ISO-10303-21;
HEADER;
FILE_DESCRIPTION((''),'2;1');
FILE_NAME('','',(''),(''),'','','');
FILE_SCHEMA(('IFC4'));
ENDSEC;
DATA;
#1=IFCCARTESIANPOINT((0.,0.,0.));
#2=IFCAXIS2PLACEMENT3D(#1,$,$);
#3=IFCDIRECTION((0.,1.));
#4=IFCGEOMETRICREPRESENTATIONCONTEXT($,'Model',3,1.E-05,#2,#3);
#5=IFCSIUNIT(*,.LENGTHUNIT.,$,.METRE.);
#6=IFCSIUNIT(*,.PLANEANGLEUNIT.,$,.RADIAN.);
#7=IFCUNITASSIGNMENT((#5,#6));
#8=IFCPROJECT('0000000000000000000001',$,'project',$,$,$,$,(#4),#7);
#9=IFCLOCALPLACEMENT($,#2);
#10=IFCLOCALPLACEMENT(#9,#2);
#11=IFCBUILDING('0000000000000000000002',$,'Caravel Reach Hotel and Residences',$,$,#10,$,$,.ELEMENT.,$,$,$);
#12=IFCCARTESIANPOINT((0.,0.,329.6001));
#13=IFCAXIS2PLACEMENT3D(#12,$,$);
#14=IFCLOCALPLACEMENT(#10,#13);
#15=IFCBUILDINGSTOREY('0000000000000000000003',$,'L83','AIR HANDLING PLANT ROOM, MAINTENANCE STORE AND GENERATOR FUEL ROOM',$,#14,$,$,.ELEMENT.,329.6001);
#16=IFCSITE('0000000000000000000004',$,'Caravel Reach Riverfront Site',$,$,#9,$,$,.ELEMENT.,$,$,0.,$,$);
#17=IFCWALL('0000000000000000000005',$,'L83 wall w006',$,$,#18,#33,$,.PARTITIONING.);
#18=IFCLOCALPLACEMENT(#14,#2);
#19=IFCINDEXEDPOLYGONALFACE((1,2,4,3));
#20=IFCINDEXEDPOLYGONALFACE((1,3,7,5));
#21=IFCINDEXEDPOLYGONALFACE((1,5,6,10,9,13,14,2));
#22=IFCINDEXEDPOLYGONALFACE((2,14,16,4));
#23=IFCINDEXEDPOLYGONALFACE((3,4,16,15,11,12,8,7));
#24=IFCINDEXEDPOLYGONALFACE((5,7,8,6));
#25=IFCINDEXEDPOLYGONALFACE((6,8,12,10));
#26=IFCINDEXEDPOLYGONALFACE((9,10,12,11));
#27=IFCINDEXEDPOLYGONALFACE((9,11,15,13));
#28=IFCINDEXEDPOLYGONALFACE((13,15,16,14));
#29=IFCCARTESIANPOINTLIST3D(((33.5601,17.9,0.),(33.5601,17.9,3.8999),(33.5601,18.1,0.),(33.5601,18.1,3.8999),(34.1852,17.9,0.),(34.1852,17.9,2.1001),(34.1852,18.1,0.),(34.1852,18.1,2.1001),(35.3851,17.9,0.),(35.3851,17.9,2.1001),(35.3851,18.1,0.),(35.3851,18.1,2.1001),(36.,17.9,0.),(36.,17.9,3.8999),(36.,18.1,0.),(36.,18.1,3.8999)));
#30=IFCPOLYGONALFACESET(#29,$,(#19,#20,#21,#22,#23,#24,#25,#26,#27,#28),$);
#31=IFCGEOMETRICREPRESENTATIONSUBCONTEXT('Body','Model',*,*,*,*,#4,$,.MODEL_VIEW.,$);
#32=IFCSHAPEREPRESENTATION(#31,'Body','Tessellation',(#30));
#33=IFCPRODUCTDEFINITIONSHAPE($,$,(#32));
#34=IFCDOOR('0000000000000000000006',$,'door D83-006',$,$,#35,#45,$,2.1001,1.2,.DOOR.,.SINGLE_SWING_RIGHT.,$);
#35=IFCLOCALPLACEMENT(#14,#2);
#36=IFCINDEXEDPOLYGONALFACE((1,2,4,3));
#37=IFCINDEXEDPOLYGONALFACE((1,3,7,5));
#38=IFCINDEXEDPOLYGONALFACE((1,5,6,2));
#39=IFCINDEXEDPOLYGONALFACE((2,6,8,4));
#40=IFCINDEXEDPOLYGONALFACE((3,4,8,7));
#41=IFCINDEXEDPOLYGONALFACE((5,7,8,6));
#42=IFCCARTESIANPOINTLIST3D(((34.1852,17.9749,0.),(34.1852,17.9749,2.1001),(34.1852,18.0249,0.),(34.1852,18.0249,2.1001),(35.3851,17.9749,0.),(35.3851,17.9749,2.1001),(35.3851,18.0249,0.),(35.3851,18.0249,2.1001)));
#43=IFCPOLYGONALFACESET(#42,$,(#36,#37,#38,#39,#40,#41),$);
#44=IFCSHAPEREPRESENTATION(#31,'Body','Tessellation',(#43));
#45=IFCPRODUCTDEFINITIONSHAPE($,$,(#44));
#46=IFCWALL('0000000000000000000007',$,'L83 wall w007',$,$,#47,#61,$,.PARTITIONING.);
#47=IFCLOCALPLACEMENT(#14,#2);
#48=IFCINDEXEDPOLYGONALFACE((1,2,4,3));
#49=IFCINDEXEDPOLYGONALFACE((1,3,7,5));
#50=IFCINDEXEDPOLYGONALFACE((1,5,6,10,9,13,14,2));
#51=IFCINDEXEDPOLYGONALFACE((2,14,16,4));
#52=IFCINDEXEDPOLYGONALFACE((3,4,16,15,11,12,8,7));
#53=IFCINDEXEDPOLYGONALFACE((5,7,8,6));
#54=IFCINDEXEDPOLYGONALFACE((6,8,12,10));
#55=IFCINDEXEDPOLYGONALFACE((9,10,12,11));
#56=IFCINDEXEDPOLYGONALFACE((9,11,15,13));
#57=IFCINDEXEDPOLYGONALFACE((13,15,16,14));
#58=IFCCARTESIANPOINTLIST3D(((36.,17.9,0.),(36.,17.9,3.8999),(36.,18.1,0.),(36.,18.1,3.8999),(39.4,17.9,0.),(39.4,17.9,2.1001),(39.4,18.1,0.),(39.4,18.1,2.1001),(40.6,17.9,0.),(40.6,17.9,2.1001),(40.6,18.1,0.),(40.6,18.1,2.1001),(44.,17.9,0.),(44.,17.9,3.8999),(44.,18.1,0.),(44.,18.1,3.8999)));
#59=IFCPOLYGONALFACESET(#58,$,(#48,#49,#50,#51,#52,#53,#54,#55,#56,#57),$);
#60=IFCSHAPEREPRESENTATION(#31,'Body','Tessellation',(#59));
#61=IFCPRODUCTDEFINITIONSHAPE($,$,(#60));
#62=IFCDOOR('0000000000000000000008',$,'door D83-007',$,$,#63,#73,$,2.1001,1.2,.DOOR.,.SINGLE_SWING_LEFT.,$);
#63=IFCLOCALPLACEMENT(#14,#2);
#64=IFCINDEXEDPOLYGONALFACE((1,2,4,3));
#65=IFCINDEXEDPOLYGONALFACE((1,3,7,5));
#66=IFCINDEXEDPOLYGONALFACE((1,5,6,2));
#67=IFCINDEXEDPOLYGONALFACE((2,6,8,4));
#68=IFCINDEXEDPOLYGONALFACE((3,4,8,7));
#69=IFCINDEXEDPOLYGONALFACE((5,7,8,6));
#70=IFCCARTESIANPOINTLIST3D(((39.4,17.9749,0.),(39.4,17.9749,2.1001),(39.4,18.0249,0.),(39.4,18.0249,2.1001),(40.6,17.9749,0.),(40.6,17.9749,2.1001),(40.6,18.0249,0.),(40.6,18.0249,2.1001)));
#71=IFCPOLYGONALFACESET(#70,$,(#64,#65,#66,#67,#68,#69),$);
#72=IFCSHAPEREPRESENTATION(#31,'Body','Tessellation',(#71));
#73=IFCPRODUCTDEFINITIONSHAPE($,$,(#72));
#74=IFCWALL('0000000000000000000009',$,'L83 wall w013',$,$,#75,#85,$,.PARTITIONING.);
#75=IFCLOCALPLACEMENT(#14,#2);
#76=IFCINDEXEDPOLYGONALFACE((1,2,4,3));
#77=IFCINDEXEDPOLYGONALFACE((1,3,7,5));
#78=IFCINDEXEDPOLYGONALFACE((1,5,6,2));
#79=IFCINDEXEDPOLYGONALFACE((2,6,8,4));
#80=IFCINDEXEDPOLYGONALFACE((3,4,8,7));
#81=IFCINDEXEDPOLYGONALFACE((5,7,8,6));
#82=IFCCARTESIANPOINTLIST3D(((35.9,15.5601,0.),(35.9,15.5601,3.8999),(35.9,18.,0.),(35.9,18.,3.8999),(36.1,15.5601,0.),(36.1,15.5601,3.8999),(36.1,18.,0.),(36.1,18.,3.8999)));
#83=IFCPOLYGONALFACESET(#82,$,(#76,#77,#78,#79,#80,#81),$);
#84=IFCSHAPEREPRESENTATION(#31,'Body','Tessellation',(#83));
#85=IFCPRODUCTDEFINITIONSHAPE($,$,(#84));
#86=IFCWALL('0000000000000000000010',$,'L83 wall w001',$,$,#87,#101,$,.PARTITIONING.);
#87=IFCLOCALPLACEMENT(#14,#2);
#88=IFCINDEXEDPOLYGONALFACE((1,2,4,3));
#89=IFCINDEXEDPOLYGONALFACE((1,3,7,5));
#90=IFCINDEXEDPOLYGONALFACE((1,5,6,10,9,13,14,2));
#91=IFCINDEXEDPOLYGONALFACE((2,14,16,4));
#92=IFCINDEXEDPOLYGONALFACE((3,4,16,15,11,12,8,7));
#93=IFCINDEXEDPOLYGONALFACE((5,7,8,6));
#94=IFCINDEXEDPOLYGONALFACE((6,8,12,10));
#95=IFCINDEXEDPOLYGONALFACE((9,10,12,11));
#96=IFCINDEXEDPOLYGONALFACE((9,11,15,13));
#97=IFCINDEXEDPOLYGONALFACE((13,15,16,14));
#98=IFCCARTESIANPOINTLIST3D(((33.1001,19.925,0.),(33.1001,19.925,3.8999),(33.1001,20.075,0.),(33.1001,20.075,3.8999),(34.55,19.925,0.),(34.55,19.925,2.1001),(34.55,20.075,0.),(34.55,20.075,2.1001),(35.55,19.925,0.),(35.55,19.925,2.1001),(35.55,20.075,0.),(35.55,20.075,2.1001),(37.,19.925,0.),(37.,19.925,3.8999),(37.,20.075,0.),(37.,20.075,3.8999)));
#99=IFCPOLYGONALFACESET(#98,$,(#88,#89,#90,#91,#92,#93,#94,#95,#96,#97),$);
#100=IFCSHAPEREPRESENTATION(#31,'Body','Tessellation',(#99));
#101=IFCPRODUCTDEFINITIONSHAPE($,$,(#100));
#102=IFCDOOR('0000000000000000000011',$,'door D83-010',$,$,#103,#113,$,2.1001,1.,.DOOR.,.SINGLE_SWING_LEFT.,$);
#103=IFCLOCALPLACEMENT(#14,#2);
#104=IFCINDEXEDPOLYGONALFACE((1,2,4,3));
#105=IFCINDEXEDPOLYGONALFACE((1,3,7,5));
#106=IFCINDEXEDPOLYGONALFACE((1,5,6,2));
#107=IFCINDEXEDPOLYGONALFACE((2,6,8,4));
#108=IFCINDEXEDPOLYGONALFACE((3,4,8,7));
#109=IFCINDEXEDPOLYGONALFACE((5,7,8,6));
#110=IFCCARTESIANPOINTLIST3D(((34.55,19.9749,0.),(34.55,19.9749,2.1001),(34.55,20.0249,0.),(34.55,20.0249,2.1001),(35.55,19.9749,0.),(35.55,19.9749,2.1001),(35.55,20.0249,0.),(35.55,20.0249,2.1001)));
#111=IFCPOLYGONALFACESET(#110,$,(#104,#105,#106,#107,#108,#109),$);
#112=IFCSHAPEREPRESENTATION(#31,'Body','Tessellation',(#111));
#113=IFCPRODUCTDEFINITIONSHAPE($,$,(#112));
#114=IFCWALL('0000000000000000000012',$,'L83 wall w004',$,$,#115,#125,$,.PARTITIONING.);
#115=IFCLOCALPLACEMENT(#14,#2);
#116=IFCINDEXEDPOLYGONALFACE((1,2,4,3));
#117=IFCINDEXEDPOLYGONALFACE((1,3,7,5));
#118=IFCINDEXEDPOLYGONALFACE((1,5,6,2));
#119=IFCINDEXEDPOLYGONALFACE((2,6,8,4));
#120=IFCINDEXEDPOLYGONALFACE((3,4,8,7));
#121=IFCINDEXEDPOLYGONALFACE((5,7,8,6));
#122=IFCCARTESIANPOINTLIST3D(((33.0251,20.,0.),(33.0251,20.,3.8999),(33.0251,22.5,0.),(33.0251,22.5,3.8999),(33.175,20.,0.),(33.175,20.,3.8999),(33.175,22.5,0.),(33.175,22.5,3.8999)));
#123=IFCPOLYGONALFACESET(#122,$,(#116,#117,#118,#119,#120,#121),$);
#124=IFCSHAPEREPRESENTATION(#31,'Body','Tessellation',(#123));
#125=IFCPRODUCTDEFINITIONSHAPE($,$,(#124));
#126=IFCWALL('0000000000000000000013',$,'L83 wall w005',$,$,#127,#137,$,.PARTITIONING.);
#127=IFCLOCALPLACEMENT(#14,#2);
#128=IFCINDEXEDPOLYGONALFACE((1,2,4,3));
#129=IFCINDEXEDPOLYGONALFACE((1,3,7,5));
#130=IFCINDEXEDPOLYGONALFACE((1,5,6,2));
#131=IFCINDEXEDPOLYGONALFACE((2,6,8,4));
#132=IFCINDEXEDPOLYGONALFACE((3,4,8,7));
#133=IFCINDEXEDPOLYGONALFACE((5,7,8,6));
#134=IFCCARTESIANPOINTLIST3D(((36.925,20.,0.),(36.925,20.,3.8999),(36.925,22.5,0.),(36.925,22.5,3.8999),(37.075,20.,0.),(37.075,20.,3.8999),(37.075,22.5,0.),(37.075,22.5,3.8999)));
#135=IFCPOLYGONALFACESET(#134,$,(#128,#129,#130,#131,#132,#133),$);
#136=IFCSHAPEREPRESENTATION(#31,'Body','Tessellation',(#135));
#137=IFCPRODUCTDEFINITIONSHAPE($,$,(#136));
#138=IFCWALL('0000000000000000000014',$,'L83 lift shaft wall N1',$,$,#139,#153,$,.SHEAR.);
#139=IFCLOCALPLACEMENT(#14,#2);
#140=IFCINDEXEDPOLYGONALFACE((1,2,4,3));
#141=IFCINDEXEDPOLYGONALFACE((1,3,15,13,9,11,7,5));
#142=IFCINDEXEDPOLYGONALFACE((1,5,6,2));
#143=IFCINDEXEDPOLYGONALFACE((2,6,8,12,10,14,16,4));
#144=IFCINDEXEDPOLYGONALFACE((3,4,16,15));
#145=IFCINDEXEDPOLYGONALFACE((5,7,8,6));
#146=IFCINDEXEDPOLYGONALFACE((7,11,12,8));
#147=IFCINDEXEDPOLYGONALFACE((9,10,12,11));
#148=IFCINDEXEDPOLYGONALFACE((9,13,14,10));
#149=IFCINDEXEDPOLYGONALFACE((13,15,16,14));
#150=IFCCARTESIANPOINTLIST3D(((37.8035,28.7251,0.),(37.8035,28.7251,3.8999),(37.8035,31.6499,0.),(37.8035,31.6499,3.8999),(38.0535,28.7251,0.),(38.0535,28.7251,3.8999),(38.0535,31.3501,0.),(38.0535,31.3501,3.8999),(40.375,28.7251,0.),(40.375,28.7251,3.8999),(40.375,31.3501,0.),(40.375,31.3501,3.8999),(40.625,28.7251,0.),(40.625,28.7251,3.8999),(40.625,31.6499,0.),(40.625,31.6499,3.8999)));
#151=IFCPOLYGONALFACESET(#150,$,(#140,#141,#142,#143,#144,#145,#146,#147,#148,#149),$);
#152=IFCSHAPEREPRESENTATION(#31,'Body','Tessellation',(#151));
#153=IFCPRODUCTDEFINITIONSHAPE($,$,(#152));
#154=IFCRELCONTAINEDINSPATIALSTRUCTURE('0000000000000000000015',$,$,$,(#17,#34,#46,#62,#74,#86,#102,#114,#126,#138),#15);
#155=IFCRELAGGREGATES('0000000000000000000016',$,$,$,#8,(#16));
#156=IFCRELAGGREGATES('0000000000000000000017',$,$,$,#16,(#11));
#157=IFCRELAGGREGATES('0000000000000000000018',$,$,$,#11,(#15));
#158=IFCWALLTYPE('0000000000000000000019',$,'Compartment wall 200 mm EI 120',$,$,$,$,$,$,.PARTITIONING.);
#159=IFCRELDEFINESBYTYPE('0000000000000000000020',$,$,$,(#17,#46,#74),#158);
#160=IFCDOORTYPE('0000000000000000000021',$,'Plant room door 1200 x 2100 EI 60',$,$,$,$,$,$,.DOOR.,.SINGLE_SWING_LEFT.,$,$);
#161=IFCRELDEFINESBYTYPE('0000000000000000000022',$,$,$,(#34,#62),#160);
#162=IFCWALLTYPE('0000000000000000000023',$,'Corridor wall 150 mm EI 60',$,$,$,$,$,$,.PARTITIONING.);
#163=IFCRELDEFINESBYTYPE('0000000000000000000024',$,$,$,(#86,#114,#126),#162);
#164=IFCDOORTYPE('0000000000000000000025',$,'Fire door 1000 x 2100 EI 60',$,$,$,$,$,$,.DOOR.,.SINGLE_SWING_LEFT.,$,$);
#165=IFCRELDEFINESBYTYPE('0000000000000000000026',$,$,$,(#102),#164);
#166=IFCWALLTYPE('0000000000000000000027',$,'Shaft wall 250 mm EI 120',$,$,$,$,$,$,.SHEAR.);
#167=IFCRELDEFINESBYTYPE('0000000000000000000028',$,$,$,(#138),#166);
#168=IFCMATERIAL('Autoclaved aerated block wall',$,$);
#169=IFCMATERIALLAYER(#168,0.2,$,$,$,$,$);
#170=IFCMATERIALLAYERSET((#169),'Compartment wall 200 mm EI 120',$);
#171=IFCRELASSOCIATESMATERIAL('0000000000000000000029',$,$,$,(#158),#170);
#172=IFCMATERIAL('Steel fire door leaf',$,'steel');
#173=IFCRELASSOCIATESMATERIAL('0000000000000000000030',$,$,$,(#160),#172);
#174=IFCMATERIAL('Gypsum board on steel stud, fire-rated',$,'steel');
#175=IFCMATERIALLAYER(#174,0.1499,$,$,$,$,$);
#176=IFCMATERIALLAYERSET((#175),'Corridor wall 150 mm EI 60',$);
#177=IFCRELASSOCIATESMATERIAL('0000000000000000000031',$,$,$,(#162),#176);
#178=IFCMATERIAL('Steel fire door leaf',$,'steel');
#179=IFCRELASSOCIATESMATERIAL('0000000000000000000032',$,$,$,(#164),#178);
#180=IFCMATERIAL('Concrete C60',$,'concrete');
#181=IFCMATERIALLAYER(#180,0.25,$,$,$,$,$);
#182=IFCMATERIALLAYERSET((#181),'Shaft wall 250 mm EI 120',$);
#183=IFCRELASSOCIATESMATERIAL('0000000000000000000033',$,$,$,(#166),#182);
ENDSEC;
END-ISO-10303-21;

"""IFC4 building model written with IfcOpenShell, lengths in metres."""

from ifc_helpers import new_model, si_unit, direction, frame, frame_2d, origin, place, context, subcontext, project, spatial, polyline, rectangle, outline, extrude, material, layer, layer_set, type_object, element, fill, save


model = new_model("IFC4")

# Units and contexts
model_context = context("Model", 3, precision=1e-05, world=origin(), true_north=direction((0.0, 1.0)))
body_context = subcontext(model_context, "Body", "Model", "MODEL_VIEW")
ifc_project = project(units=[si_unit("LENGTHUNIT", "METRE"), si_unit("PLANEANGLEUNIT", "RADIAN")], contexts=[model_context])

# Site, building, storey
site_placement = place(None, origin())
site = spatial("IfcSite", under=ifc_project, at=site_placement, Name="Caravel Reach Riverfront Site", CompositionType="ELEMENT", RefElevation=0.0)
building_placement = place(site_placement, origin())
building = spatial("IfcBuilding", under=site, at=building_placement, Name="Caravel Reach Hotel and Residences", CompositionType="ELEMENT")
storey_placement = place(building_placement, frame((0.0, 0.0, 329.6001)))
storey = spatial("IfcBuildingStorey", under=building, at=storey_placement, Name="L83", Description="AIR HANDLING PLANT ROOM, MAINTENANCE STORE AND GENERATOR FUEL ROOM", CompositionType="ELEMENT", Elevation=329.6001)

# Walls, openings, doors
ifc_material_1 = material(Name="Autoclaved aerated block wall")
ifc_layer_1 = layer(ifc_material_1, 0.2)
ifc_layer_set_1 = layer_set([ifc_layer_1], Name="Compartment wall 200 mm EI 120")
wall_type_1 = type_object("IfcWallType", Name="Compartment wall 200 mm EI 120", PredefinedType="PARTITIONING", material=ifc_layer_set_1)
wall_1_placement = place(storey_placement, frame((33.5601, 18.0, 0.0), z_axis=(0.0, 0.0, 1.0), x_axis=(1.0, 0.0, 0.0)))
wall_1 = element("IfcWall", 1, at=wall_1_placement, inside=storey, type_object=wall_type_1, Name="L83 wall w006", PredefinedType="PARTITIONING", context=body_context, shape_type="SweptSolid", body=[
    extrude(rectangle(XDim=2.4399, YDim=0.2, at=frame_2d((1.22, 0.0))), origin(), (0.0, 0.0, 1.0), 3.8999),
])
opening_1_placement = place(wall_1_placement, frame((0.625, 0.0, 0.0)))
opening_1 = element("IfcOpeningElement", 2, at=opening_1_placement, cuts=wall_1, PredefinedType="OPENING", context=body_context, shape_type="SweptSolid", body=[
    extrude(rectangle(XDim=1.2, YDim=2.1001, at=frame_2d((0.6001, 1.05))), frame((0.0, 0.1099, 0.0), z_axis=(0.0, -1.0, 0.0), x_axis=(1.0, 0.0, 0.0)), (0.0, 0.0, 1.0), 0.22),
])
ifc_material_2 = material(Name="Steel fire door leaf", Category="steel")
door_type_1 = type_object("IfcDoorType", Name="Plant room door 1200 x 2100 EI 60", OperationType="SINGLE_SWING_LEFT", PredefinedType="DOOR", material=ifc_material_2)
door_1_placement = place(opening_1_placement, origin())
door_1 = element("IfcDoor", 3, at=door_1_placement, inside=storey, type_object=door_type_1, Name="door D83-006", OperationType="SINGLE_SWING_RIGHT", OverallHeight=2.1001, OverallWidth=1.2, PredefinedType="DOOR", context=body_context, shape_type="SweptSolid", body=[
    extrude(rectangle(XDim=1.2, YDim=2.1001, at=frame_2d((0.6001, 1.05))), frame((0.0, 0.0249, 0.0), z_axis=(0.0, -1.0, 0.0), x_axis=(1.0, 0.0, 0.0)), (0.0, 0.0, 1.0), 0.05),
])
fill(opening_1, door_1)
wall_2_placement = place(storey_placement, frame((36.0, 18.0, 0.0), z_axis=(0.0, 0.0, 1.0), x_axis=(1.0, 0.0, 0.0)))
wall_2 = element("IfcWall", 4, at=wall_2_placement, inside=storey, type_object=wall_type_1, Name="L83 wall w007", PredefinedType="PARTITIONING", context=body_context, shape_type="SweptSolid", body=[
    extrude(rectangle(XDim=8.0, YDim=0.2, at=frame_2d((4.0, 0.0))), origin(), (0.0, 0.0, 1.0), 3.8999),
])
opening_2_placement = place(wall_2_placement, frame((3.3999, 0.0, 0.0)))
opening_2 = element("IfcOpeningElement", 5, at=opening_2_placement, cuts=wall_2, PredefinedType="OPENING", context=body_context, shape_type="SweptSolid", body=[
    extrude(rectangle(XDim=1.2, YDim=2.1001, at=frame_2d((0.6001, 1.05))), frame((0.0, 0.1099, 0.0), z_axis=(0.0, -1.0, 0.0), x_axis=(1.0, 0.0, 0.0)), (0.0, 0.0, 1.0), 0.22),
])
door_2_placement = place(opening_2_placement, origin())
door_2 = element("IfcDoor", 6, at=door_2_placement, inside=storey, type_object=door_type_1, Name="door D83-007", OperationType="SINGLE_SWING_LEFT", OverallHeight=2.1001, OverallWidth=1.2, PredefinedType="DOOR", context=body_context, shape_type="SweptSolid", body=[
    extrude(rectangle(XDim=1.2, YDim=2.1001, at=frame_2d((0.6001, 1.05))), frame((0.0, 0.0249, 0.0), z_axis=(0.0, -1.0, 0.0), x_axis=(1.0, 0.0, 0.0)), (0.0, 0.0, 1.0), 0.05),
])
fill(opening_2, door_2)

# Wall
wall_3_placement = place(storey_placement, frame((36.0, 15.5601, 0.0), z_axis=(0.0, 0.0, 1.0), x_axis=(0.0, 1.0, 0.0)))
element("IfcWall", 7, at=wall_3_placement, inside=storey, type_object=wall_type_1, Name="L83 wall w013", PredefinedType="PARTITIONING", context=body_context, shape_type="SweptSolid", body=[
    extrude(rectangle(XDim=2.4399, YDim=0.2, at=frame_2d((1.22, 0.0))), origin(), (0.0, 0.0, 1.0), 3.8999),
])

# Wall, opening, door
ifc_material_3 = material(Name="Gypsum board on steel stud, fire-rated", Category="steel")
ifc_layer_2 = layer(ifc_material_3, 0.1499)
ifc_layer_set_2 = layer_set([ifc_layer_2], Name="Corridor wall 150 mm EI 60")
wall_type_2 = type_object("IfcWallType", Name="Corridor wall 150 mm EI 60", PredefinedType="PARTITIONING", material=ifc_layer_set_2)
wall_4_placement = place(storey_placement, frame((33.1001, 20.0, 0.0), z_axis=(0.0, 0.0, 1.0), x_axis=(1.0, 0.0, 0.0)))
wall_4 = element("IfcWall", 8, at=wall_4_placement, inside=storey, type_object=wall_type_2, Name="L83 wall w001", PredefinedType="PARTITIONING", context=body_context, shape_type="SweptSolid", body=[
    extrude(rectangle(XDim=3.8999, YDim=0.1499, at=frame_2d((1.95, 0.0))), origin(), (0.0, 0.0, 1.0), 3.8999),
])
opening_3_placement = place(wall_4_placement, frame((1.45, 0.0, 0.0)))
opening_3 = element("IfcOpeningElement", 9, at=opening_3_placement, cuts=wall_4, PredefinedType="OPENING", context=body_context, shape_type="SweptSolid", body=[
    extrude(rectangle(XDim=1.0, YDim=2.1001, at=frame_2d((0.5, 1.05))), frame((0.0, 0.085, 0.0), z_axis=(0.0, -1.0, 0.0), x_axis=(1.0, 0.0, 0.0)), (0.0, 0.0, 1.0), 0.1699),
])
ifc_material_4 = material(Name="Steel fire door leaf", Category="steel")
door_type_2 = type_object("IfcDoorType", Name="Fire door 1000 x 2100 EI 60", OperationType="SINGLE_SWING_LEFT", PredefinedType="DOOR", material=ifc_material_4)
door_3_placement = place(opening_3_placement, origin())
door_3 = element("IfcDoor", 10, at=door_3_placement, inside=storey, type_object=door_type_2, Name="door D83-010", OperationType="SINGLE_SWING_LEFT", OverallHeight=2.1001, OverallWidth=1.0, PredefinedType="DOOR", context=body_context, shape_type="SweptSolid", body=[
    extrude(rectangle(XDim=1.0, YDim=2.1001, at=frame_2d((0.5, 1.05))), frame((0.0, 0.0249, 0.0), z_axis=(0.0, -1.0, 0.0), x_axis=(1.0, 0.0, 0.0)), (0.0, 0.0, 1.0), 0.05),
])
fill(opening_3, door_3)

# Walls
for number, where, z_axis, x_axis, name in (
    (11, (33.1001, 20.0, 0.0), (0.0, 0.0, 1.0), (0.0, 1.0, 0.0), "L83 wall w004"),
    (12, (37.0, 20.0, 0.0), (0.0, 0.0, 1.0), (0.0, 1.0, 0.0), "L83 wall w005"),
):
    element("IfcWall", number, at=place(storey_placement, frame(where, z_axis=z_axis, x_axis=x_axis)), inside=storey, type_object=wall_type_2, Name=name, PredefinedType="PARTITIONING", context=body_context, shape_type="SweptSolid", body=[
        extrude(rectangle(XDim=2.5, YDim=0.1499, at=frame_2d((1.25, 0.0))), origin(), (0.0, 0.0, 1.0), 3.8999),
    ])
ifc_material_5 = material(Name="Concrete C60", Category="concrete")
ifc_layer_3 = layer(ifc_material_5, 0.25)
ifc_layer_set_3 = layer_set([ifc_layer_3], Name="Shaft wall 250 mm EI 120")
wall_type_3 = type_object("IfcWallType", Name="Shaft wall 250 mm EI 120", PredefinedType="SHEAR", material=ifc_layer_set_3)
wall_5_placement = place(storey_placement, origin())
element("IfcWall", 13, at=wall_5_placement, inside=storey, type_object=wall_type_3, Name="L83 lift shaft wall N1", PredefinedType="SHEAR", context=body_context, shape_type="SweptSolid", body=[
    extrude(outline(polyline([(37.8035, 28.7251), (38.0535, 28.7251), (38.0535, 31.3501), (40.375, 31.3501), (40.375, 28.7251), (40.625, 28.7251), (40.625, 31.6499), (37.8035, 31.6499), (37.8035, 28.7251)])), origin(), (0.0, 0.0, 1.0), 3.8999),
])

save(model, "model.ifc")
